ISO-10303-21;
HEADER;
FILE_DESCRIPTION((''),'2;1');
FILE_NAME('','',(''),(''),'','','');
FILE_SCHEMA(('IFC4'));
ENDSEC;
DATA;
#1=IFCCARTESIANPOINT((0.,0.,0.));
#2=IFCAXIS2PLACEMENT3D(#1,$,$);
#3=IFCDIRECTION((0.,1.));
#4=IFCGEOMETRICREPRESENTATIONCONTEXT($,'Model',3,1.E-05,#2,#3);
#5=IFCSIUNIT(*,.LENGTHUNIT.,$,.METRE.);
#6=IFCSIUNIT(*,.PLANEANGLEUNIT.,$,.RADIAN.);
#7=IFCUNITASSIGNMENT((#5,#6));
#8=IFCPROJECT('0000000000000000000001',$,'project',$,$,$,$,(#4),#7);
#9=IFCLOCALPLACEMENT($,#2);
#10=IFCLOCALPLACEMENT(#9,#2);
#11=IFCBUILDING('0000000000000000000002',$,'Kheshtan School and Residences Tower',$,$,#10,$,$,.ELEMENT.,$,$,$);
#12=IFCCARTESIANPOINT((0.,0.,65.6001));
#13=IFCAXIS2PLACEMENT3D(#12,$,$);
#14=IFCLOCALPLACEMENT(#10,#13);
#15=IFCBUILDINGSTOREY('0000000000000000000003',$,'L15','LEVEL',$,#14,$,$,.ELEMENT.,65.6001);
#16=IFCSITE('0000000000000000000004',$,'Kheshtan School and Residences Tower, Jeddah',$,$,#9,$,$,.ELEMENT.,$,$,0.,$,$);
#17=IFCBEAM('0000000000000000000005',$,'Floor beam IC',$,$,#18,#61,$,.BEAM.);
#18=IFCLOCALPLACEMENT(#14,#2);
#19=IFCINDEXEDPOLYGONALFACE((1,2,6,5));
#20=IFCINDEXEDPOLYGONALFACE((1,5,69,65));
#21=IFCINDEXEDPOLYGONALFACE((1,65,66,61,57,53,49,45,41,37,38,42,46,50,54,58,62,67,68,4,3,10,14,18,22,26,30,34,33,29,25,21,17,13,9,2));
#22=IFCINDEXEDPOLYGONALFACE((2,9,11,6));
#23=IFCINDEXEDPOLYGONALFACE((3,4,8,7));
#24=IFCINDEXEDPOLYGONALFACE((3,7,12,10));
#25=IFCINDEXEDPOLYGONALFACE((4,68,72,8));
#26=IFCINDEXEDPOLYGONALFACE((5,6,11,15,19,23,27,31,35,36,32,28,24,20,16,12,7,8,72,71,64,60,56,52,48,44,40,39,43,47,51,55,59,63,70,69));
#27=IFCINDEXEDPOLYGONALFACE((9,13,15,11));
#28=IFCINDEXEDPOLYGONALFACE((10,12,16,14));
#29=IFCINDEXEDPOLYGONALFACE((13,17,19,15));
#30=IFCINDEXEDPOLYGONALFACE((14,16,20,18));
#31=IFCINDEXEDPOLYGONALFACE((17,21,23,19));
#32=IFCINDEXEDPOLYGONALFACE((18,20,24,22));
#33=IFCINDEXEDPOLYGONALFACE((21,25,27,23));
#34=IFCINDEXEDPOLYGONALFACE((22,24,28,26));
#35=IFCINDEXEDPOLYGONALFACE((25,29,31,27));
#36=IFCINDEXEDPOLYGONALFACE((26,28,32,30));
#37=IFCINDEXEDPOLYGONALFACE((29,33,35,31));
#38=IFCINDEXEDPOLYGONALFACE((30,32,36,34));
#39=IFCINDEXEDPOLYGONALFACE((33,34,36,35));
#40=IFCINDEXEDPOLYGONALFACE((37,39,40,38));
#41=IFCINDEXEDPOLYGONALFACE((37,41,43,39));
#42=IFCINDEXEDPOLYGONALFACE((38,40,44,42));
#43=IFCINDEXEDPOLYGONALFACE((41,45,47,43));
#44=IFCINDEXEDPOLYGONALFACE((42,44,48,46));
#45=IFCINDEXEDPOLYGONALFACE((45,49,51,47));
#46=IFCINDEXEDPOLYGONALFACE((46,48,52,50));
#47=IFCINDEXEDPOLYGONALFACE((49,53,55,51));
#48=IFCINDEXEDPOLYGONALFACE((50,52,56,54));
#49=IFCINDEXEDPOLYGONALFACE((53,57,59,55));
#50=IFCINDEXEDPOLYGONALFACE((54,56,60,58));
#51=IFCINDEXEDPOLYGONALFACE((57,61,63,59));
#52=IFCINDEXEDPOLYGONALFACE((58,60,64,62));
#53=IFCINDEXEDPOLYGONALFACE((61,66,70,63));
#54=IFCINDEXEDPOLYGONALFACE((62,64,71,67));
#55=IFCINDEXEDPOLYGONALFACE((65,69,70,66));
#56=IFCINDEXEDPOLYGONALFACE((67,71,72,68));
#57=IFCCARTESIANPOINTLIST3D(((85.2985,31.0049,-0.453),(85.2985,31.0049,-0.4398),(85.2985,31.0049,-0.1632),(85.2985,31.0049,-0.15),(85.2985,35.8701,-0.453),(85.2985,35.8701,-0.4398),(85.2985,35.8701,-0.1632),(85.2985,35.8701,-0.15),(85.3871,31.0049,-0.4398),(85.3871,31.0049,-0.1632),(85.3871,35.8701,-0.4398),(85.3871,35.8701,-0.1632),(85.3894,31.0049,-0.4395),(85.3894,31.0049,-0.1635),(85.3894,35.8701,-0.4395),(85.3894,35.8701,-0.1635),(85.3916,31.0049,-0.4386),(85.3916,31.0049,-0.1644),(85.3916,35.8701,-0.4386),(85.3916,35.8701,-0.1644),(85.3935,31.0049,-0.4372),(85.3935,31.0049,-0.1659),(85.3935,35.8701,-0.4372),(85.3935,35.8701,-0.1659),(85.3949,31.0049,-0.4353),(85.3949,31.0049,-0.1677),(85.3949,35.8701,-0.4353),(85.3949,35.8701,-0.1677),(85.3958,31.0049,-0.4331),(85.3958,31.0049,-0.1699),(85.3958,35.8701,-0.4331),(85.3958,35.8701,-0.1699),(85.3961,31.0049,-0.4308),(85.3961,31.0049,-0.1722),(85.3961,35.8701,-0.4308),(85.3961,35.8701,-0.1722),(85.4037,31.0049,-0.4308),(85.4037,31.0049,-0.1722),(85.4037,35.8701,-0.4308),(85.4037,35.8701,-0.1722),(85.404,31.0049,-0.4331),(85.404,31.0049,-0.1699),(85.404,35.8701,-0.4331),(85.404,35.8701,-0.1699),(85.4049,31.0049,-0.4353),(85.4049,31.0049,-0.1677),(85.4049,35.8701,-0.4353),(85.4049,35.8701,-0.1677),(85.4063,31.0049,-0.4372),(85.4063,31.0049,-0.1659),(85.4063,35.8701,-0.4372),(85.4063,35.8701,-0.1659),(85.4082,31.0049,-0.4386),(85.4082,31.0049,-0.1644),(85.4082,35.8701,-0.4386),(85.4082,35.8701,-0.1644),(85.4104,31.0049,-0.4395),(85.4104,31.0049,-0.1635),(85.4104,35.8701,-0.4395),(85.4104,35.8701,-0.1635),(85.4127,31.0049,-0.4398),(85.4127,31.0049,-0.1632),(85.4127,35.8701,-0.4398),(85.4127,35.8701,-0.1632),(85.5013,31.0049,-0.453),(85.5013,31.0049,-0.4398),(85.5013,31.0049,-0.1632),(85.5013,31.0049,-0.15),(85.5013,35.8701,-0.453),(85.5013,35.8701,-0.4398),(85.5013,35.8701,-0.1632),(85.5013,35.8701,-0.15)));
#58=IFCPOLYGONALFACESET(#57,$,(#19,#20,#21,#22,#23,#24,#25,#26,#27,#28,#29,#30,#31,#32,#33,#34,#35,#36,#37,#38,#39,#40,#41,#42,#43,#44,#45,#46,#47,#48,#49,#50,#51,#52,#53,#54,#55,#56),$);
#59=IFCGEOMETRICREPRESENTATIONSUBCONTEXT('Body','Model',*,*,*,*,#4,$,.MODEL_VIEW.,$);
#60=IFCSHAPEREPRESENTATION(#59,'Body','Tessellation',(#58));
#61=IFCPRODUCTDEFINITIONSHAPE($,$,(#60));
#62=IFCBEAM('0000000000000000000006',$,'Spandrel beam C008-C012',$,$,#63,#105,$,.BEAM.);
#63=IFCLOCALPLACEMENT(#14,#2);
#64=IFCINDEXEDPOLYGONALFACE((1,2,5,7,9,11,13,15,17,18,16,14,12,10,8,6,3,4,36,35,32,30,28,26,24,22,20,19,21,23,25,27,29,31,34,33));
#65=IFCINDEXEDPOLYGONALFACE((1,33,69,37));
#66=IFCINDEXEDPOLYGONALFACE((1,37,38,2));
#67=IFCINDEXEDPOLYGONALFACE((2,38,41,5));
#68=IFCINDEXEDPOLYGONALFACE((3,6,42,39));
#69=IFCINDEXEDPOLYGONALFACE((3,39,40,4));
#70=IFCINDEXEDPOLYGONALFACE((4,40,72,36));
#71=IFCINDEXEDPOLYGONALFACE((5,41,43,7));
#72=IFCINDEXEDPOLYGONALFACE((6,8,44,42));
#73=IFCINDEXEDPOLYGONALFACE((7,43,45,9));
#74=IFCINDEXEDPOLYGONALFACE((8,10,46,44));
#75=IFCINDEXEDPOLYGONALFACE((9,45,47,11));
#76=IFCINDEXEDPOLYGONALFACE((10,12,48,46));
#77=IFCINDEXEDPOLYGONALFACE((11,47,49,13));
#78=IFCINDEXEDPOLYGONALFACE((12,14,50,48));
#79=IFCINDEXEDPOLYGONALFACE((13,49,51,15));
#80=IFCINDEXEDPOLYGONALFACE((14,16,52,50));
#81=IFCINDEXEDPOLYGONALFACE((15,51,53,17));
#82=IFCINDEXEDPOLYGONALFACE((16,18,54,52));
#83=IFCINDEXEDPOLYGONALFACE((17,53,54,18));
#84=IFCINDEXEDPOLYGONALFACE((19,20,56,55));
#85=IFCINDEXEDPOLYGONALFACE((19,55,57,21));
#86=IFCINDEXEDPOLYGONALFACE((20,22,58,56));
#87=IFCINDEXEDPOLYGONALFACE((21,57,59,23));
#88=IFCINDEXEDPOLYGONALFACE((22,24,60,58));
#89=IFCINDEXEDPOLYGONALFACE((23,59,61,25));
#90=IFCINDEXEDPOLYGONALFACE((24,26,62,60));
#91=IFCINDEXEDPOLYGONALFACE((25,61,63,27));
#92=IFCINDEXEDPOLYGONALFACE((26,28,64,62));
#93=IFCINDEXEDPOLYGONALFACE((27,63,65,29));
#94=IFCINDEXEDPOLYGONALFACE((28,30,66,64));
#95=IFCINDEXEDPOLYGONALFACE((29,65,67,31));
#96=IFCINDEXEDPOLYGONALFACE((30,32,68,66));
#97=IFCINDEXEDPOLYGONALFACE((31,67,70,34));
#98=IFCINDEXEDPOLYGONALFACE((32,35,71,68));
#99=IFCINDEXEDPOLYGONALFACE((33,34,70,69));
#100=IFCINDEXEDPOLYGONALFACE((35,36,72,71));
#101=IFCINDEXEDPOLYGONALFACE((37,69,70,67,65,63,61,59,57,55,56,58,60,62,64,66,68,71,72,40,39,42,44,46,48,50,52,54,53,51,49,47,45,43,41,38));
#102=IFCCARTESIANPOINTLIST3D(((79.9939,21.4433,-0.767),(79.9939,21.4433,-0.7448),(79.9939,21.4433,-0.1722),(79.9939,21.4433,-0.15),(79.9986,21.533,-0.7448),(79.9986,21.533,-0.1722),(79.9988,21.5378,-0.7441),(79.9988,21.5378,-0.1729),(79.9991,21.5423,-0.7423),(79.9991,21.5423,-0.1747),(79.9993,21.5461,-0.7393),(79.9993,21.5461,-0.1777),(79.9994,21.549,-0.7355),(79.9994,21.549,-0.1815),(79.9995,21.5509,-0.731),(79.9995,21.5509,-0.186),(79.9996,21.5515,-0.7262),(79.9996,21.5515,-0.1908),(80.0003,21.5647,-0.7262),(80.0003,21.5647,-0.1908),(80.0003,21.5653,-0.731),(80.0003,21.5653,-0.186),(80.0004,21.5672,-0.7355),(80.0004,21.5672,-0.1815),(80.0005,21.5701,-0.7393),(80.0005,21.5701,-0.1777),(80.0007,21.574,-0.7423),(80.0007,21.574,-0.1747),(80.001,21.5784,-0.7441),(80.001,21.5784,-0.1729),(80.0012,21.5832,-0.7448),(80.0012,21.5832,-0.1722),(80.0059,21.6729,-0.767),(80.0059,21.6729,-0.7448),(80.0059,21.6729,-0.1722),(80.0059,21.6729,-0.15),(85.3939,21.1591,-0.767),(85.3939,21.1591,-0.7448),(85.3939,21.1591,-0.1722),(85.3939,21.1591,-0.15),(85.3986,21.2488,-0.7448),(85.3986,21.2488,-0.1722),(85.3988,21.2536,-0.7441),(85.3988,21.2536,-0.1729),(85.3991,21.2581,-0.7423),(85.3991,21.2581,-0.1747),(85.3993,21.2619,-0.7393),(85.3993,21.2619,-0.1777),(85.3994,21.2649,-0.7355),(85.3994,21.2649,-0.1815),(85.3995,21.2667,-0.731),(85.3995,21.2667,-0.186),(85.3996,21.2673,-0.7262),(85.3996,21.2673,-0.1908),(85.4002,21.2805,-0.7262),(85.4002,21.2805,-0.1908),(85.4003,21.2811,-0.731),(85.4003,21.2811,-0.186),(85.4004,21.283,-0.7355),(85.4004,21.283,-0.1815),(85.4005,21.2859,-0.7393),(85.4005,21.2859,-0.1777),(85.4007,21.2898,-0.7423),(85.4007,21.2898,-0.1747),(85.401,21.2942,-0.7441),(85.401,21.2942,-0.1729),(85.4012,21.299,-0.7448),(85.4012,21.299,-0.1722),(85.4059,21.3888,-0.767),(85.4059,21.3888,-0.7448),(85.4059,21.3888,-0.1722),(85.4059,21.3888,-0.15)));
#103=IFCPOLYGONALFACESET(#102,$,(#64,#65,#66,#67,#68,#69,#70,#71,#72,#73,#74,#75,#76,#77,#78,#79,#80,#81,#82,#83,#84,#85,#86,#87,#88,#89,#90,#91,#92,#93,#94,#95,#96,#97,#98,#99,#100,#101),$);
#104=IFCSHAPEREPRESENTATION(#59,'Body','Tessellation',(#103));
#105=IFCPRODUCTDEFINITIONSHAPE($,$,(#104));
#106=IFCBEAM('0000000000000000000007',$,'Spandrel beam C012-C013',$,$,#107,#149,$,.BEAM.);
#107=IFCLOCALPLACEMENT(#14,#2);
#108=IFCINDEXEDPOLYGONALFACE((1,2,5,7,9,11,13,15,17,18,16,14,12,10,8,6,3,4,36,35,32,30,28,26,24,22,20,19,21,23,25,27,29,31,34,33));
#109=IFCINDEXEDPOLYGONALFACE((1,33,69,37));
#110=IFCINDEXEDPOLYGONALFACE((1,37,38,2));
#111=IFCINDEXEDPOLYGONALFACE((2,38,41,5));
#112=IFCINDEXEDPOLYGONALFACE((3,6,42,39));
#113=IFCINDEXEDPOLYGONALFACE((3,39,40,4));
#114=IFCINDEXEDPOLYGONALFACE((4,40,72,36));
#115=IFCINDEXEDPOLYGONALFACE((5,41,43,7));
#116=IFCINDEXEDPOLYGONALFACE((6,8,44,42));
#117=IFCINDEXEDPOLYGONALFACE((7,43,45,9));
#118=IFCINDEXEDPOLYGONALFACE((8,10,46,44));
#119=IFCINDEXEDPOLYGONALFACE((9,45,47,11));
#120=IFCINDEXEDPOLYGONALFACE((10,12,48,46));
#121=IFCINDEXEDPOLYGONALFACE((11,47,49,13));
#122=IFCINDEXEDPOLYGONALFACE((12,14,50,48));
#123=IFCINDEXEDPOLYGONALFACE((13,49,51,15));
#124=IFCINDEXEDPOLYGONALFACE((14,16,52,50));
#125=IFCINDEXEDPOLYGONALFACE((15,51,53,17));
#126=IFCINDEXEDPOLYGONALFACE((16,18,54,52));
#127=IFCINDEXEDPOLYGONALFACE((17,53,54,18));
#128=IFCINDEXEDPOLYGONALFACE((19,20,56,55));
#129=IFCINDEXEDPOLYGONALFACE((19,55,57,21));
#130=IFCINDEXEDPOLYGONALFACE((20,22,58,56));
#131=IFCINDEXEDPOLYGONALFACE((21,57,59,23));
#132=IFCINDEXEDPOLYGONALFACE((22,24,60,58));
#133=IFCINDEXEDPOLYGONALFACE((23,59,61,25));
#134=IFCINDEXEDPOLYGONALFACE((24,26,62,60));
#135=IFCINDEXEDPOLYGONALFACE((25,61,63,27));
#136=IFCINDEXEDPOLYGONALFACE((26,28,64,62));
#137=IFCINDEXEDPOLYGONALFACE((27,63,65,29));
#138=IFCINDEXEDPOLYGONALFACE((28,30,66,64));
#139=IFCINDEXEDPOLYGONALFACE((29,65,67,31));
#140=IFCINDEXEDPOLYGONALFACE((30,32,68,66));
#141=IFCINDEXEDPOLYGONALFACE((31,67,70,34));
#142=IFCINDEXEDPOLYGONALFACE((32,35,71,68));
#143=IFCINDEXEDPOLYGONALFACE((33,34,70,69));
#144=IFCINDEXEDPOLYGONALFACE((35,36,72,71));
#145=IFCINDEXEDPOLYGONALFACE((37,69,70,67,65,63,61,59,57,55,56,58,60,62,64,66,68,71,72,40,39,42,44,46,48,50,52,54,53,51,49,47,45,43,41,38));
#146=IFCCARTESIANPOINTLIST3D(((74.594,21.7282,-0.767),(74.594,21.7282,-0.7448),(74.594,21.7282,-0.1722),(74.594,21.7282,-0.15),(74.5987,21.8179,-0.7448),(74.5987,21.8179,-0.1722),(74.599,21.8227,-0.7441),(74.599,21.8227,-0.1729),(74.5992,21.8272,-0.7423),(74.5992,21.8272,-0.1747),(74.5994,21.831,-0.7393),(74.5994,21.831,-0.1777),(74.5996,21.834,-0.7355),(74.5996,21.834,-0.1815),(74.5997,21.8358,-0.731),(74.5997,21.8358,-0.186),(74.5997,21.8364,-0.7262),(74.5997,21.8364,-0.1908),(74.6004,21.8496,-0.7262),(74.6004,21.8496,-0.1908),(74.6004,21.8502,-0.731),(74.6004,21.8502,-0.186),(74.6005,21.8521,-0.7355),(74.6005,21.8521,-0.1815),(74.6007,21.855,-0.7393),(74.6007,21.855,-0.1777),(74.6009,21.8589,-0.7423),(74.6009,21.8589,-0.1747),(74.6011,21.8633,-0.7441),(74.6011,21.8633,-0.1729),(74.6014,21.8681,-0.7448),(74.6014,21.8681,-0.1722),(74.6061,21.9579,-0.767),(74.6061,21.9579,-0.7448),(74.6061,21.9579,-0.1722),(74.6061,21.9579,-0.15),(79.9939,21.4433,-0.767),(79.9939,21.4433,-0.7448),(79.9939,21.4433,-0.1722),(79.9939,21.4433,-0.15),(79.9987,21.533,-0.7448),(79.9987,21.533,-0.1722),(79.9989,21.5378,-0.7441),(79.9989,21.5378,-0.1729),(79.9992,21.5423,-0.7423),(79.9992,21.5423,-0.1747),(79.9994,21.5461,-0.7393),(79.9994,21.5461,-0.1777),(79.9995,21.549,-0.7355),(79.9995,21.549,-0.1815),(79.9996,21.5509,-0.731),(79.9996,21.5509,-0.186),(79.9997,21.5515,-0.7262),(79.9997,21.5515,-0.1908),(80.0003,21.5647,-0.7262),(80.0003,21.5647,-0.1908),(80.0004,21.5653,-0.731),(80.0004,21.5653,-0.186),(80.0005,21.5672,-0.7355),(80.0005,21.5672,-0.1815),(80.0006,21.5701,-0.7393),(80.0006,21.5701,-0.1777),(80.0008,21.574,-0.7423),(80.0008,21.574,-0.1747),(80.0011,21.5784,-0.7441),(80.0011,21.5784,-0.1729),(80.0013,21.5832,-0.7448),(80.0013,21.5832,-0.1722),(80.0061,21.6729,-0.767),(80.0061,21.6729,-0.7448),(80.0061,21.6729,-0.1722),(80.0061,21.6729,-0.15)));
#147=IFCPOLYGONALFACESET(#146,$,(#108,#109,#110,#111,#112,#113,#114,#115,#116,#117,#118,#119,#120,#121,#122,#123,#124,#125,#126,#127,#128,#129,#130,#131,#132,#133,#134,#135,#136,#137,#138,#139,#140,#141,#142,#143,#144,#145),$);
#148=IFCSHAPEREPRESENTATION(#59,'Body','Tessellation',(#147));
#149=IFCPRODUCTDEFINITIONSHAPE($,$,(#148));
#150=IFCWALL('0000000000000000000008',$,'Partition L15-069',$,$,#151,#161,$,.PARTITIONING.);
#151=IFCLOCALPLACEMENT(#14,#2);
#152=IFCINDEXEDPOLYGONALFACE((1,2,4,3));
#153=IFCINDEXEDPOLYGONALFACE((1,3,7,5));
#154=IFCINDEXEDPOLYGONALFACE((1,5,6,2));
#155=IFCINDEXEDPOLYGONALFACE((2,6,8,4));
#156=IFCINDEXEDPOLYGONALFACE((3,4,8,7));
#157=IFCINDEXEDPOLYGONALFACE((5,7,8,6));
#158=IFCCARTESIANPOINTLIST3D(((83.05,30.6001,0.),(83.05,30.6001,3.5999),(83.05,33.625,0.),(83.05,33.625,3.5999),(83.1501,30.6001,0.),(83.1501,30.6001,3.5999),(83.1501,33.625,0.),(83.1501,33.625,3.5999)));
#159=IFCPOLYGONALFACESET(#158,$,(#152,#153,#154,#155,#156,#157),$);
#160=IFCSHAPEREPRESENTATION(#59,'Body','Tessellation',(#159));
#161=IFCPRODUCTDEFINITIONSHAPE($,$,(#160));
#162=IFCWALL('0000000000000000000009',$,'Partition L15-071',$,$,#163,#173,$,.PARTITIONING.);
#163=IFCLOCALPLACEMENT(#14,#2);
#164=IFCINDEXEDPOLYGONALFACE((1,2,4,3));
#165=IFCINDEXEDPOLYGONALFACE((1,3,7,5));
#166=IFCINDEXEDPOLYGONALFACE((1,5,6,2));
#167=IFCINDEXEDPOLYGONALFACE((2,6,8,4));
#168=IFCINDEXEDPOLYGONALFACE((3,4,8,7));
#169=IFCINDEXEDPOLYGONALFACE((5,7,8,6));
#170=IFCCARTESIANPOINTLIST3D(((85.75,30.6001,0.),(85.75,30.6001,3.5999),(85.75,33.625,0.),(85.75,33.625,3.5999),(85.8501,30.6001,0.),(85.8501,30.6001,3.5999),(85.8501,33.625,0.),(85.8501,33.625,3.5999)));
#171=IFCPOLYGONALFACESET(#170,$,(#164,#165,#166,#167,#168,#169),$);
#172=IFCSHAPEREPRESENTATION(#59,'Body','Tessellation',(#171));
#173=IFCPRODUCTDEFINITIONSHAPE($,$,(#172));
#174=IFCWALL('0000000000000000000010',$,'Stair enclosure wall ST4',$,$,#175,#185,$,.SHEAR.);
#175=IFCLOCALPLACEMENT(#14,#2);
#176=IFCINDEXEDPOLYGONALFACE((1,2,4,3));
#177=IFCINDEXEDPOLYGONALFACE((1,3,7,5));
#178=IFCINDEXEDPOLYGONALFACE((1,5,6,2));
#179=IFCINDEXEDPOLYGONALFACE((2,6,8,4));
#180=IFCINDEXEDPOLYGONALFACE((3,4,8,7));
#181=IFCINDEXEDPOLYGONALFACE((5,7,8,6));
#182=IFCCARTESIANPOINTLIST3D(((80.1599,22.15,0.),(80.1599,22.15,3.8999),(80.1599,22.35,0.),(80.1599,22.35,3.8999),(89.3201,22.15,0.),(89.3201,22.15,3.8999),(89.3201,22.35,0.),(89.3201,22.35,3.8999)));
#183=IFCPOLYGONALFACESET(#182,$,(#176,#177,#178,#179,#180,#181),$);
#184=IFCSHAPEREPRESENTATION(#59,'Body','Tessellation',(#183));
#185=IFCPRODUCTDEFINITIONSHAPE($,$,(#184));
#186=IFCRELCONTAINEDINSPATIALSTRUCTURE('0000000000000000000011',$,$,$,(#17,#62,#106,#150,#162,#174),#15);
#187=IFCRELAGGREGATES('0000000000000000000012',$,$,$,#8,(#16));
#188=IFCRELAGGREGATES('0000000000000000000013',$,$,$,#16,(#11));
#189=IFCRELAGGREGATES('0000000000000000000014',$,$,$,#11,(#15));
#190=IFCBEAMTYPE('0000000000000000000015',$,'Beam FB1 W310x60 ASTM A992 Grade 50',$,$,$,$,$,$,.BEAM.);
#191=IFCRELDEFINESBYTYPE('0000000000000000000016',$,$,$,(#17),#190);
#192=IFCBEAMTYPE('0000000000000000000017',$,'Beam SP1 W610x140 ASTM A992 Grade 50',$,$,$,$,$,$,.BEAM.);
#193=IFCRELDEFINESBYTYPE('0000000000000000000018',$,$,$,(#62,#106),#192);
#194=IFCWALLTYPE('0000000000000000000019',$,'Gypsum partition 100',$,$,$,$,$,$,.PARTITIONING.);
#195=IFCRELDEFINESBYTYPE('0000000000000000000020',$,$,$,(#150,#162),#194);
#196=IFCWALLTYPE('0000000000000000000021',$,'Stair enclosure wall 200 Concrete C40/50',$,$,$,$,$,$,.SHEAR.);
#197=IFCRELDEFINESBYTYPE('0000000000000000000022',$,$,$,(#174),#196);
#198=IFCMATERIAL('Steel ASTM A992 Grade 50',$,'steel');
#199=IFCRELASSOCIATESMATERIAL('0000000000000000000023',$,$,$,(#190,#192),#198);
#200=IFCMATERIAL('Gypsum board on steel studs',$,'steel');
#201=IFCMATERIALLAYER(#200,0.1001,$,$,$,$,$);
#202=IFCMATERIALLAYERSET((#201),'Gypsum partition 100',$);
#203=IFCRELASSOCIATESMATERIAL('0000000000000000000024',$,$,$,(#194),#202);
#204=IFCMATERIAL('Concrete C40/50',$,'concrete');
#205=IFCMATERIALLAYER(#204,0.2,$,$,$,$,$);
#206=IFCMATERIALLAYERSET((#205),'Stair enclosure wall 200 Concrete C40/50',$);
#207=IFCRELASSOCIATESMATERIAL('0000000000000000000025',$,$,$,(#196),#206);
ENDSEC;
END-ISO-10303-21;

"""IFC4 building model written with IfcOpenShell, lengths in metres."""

from ifc_helpers import new_model, si_unit, direction, frame, frame_2d, origin, origin_2d, place, context, subcontext, project, spatial, rectangle, i_section, extrude, material, layer, layer_set, material_profile, profile_set, type_object, element, save


model = new_model("IFC4")

# Units and contexts
model_context = context("Model", 3, precision=1e-05, world=origin(), true_north=direction((0.0, 1.0)))
body_context = subcontext(model_context, "Body", "Model", "MODEL_VIEW")
ifc_project = project(units=[si_unit("LENGTHUNIT", "METRE"), si_unit("PLANEANGLEUNIT", "RADIAN")], contexts=[model_context])

# Site, building, storey
site_placement = place(None, origin())
site = spatial("IfcSite", under=ifc_project, at=site_placement, Name="Kheshtan School and Residences Tower, Jeddah", CompositionType="ELEMENT", RefElevation=0.0)
building_placement = place(site_placement, origin())
building = spatial("IfcBuilding", under=site, at=building_placement, Name="Kheshtan School and Residences Tower", CompositionType="ELEMENT")
storey_placement = place(building_placement, frame((0.0, 0.0, 65.6001)))
storey = spatial("IfcBuildingStorey", under=building, at=storey_placement, Name="L15", Description="LEVEL", CompositionType="ELEMENT", Elevation=65.6001)

# Shared definitions
ifc_material_1 = material(Name="Steel ASTM A992 Grade 50", Category="steel")

# Beams
ifc_material_profile_1 = material_profile(ifc_material_1, i_section(OverallWidth=0.2029, OverallDepth=0.303, WebThickness=0.0076, FlangeThickness=0.0132, FilletRadius=0.009, at=origin_2d()), Name="W310x60")
ifc_profile_set_1 = profile_set([ifc_material_profile_1], Name="Steel ASTM A992 Grade 50")
beam_type_1 = type_object("IfcBeamType", Name="Beam FB1 W310x60 ASTM A992 Grade 50", PredefinedType="BEAM", material=ifc_profile_set_1)
beam_placement = place(storey_placement, frame((85.3999, 31.0049, -0.3015), z_axis=(0.0, 1.0, 0.0), x_axis=(-1.0, 0.0, 0.0)))
element("IfcBeam", 1, at=beam_placement, inside=storey, type_object=beam_type_1, Name="Floor beam IC", PredefinedType="BEAM", context=body_context, shape_type="SweptSolid", body=[
    extrude(i_section(OverallWidth=0.2029, OverallDepth=0.303, WebThickness=0.0076, FlangeThickness=0.0132, FilletRadius=0.009, at=origin_2d()), origin(), (0.0, 0.0, 1.0), 4.8652),
])
ifc_material_profile_2 = material_profile(ifc_material_1, i_section(OverallWidth=0.23, OverallDepth=0.6169, WebThickness=0.0132, FlangeThickness=0.0222, FilletRadius=0.0186, at=origin_2d()), Name="W610x140")
ifc_profile_set_2 = profile_set([ifc_material_profile_2], Name="Steel ASTM A992 Grade 50")
beam_type_2 = type_object("IfcBeamType", Name="Beam SP1 W610x140 ASTM A992 Grade 50", PredefinedType="BEAM", material=ifc_profile_set_2)
for number, where, z_axis, x_axis, name in (
    (2, (85.3999, 21.2739, -0.4585), (-0.998618, 0.052554, 0.0), (-0.052554, -0.998618, 0.0), "Spandrel beam C008-C012"),
    (3, (80.0, 21.5581, -0.4585), (-0.998611, 0.052689, 0.0), (-0.052689, -0.998611, 0.0), "Spandrel beam C012-C013"),
):
    element("IfcBeam", number, at=place(storey_placement, frame(where, z_axis=z_axis, x_axis=x_axis)), inside=storey, type_object=beam_type_2, Name=name, PredefinedType="BEAM", context=body_context, shape_type="SweptSolid", body=[
        extrude(i_section(OverallWidth=0.23, OverallDepth=0.6169, WebThickness=0.0132, FlangeThickness=0.0222, FilletRadius=0.0186, at=origin_2d()), origin(), (0.0, 0.0, 1.0), 5.4075),
    ])

# Walls
ifc_material_2 = material(Name="Gypsum board on steel studs", Category="steel")
ifc_layer_1 = layer(ifc_material_2, 0.1001)
ifc_layer_set_1 = layer_set([ifc_layer_1], Name="Gypsum partition 100")
wall_type_1 = type_object("IfcWallType", Name="Gypsum partition 100", PredefinedType="PARTITIONING", material=ifc_layer_set_1)
for number, where, z_axis, x_axis, name in (
    (4, (83.1001, 30.6001, 0.0), (0.0, 0.0, 1.0), (0.0, 1.0, 0.0), "Partition L15-069"),
    (5, (85.8, 30.6001, 0.0), (0.0, 0.0, 1.0), (0.0, 1.0, 0.0), "Partition L15-071"),
):
    element("IfcWall", number, at=place(storey_placement, frame(where, z_axis=z_axis, x_axis=x_axis)), inside=storey, type_object=wall_type_1, Name=name, PredefinedType="PARTITIONING", context=body_context, shape_type="SweptSolid", body=[
        extrude(rectangle(XDim=3.0249, YDim=0.1001, at=frame_2d((1.5125, 0.0))), origin(), (0.0, 0.0, 1.0), 3.5999),
    ])
ifc_material_3 = material(Name="Concrete C40/50", Category="concrete")
ifc_layer_2 = layer(ifc_material_3, 0.2)
ifc_layer_set_2 = layer_set([ifc_layer_2], Name="Stair enclosure wall 200 Concrete C40/50")
wall_type_2 = type_object("IfcWallType", Name="Stair enclosure wall 200 Concrete C40/50", PredefinedType="SHEAR", material=ifc_layer_set_2)
wall_1_placement = place(storey_placement, frame((80.1599, 22.25, 0.0), z_axis=(0.0, 0.0, 1.0), x_axis=(1.0, 0.0, 0.0)))
element("IfcWall", 6, at=wall_1_placement, inside=storey, type_object=wall_type_2, Name="Stair enclosure wall ST4", PredefinedType="SHEAR", context=body_context, shape_type="SweptSolid", body=[
    extrude(rectangle(XDim=9.1602, YDim=0.2, at=frame_2d((4.5801, 0.0))), origin(), (0.0, 0.0, 1.0), 3.8999),
])

save(model, "model.ifc")
